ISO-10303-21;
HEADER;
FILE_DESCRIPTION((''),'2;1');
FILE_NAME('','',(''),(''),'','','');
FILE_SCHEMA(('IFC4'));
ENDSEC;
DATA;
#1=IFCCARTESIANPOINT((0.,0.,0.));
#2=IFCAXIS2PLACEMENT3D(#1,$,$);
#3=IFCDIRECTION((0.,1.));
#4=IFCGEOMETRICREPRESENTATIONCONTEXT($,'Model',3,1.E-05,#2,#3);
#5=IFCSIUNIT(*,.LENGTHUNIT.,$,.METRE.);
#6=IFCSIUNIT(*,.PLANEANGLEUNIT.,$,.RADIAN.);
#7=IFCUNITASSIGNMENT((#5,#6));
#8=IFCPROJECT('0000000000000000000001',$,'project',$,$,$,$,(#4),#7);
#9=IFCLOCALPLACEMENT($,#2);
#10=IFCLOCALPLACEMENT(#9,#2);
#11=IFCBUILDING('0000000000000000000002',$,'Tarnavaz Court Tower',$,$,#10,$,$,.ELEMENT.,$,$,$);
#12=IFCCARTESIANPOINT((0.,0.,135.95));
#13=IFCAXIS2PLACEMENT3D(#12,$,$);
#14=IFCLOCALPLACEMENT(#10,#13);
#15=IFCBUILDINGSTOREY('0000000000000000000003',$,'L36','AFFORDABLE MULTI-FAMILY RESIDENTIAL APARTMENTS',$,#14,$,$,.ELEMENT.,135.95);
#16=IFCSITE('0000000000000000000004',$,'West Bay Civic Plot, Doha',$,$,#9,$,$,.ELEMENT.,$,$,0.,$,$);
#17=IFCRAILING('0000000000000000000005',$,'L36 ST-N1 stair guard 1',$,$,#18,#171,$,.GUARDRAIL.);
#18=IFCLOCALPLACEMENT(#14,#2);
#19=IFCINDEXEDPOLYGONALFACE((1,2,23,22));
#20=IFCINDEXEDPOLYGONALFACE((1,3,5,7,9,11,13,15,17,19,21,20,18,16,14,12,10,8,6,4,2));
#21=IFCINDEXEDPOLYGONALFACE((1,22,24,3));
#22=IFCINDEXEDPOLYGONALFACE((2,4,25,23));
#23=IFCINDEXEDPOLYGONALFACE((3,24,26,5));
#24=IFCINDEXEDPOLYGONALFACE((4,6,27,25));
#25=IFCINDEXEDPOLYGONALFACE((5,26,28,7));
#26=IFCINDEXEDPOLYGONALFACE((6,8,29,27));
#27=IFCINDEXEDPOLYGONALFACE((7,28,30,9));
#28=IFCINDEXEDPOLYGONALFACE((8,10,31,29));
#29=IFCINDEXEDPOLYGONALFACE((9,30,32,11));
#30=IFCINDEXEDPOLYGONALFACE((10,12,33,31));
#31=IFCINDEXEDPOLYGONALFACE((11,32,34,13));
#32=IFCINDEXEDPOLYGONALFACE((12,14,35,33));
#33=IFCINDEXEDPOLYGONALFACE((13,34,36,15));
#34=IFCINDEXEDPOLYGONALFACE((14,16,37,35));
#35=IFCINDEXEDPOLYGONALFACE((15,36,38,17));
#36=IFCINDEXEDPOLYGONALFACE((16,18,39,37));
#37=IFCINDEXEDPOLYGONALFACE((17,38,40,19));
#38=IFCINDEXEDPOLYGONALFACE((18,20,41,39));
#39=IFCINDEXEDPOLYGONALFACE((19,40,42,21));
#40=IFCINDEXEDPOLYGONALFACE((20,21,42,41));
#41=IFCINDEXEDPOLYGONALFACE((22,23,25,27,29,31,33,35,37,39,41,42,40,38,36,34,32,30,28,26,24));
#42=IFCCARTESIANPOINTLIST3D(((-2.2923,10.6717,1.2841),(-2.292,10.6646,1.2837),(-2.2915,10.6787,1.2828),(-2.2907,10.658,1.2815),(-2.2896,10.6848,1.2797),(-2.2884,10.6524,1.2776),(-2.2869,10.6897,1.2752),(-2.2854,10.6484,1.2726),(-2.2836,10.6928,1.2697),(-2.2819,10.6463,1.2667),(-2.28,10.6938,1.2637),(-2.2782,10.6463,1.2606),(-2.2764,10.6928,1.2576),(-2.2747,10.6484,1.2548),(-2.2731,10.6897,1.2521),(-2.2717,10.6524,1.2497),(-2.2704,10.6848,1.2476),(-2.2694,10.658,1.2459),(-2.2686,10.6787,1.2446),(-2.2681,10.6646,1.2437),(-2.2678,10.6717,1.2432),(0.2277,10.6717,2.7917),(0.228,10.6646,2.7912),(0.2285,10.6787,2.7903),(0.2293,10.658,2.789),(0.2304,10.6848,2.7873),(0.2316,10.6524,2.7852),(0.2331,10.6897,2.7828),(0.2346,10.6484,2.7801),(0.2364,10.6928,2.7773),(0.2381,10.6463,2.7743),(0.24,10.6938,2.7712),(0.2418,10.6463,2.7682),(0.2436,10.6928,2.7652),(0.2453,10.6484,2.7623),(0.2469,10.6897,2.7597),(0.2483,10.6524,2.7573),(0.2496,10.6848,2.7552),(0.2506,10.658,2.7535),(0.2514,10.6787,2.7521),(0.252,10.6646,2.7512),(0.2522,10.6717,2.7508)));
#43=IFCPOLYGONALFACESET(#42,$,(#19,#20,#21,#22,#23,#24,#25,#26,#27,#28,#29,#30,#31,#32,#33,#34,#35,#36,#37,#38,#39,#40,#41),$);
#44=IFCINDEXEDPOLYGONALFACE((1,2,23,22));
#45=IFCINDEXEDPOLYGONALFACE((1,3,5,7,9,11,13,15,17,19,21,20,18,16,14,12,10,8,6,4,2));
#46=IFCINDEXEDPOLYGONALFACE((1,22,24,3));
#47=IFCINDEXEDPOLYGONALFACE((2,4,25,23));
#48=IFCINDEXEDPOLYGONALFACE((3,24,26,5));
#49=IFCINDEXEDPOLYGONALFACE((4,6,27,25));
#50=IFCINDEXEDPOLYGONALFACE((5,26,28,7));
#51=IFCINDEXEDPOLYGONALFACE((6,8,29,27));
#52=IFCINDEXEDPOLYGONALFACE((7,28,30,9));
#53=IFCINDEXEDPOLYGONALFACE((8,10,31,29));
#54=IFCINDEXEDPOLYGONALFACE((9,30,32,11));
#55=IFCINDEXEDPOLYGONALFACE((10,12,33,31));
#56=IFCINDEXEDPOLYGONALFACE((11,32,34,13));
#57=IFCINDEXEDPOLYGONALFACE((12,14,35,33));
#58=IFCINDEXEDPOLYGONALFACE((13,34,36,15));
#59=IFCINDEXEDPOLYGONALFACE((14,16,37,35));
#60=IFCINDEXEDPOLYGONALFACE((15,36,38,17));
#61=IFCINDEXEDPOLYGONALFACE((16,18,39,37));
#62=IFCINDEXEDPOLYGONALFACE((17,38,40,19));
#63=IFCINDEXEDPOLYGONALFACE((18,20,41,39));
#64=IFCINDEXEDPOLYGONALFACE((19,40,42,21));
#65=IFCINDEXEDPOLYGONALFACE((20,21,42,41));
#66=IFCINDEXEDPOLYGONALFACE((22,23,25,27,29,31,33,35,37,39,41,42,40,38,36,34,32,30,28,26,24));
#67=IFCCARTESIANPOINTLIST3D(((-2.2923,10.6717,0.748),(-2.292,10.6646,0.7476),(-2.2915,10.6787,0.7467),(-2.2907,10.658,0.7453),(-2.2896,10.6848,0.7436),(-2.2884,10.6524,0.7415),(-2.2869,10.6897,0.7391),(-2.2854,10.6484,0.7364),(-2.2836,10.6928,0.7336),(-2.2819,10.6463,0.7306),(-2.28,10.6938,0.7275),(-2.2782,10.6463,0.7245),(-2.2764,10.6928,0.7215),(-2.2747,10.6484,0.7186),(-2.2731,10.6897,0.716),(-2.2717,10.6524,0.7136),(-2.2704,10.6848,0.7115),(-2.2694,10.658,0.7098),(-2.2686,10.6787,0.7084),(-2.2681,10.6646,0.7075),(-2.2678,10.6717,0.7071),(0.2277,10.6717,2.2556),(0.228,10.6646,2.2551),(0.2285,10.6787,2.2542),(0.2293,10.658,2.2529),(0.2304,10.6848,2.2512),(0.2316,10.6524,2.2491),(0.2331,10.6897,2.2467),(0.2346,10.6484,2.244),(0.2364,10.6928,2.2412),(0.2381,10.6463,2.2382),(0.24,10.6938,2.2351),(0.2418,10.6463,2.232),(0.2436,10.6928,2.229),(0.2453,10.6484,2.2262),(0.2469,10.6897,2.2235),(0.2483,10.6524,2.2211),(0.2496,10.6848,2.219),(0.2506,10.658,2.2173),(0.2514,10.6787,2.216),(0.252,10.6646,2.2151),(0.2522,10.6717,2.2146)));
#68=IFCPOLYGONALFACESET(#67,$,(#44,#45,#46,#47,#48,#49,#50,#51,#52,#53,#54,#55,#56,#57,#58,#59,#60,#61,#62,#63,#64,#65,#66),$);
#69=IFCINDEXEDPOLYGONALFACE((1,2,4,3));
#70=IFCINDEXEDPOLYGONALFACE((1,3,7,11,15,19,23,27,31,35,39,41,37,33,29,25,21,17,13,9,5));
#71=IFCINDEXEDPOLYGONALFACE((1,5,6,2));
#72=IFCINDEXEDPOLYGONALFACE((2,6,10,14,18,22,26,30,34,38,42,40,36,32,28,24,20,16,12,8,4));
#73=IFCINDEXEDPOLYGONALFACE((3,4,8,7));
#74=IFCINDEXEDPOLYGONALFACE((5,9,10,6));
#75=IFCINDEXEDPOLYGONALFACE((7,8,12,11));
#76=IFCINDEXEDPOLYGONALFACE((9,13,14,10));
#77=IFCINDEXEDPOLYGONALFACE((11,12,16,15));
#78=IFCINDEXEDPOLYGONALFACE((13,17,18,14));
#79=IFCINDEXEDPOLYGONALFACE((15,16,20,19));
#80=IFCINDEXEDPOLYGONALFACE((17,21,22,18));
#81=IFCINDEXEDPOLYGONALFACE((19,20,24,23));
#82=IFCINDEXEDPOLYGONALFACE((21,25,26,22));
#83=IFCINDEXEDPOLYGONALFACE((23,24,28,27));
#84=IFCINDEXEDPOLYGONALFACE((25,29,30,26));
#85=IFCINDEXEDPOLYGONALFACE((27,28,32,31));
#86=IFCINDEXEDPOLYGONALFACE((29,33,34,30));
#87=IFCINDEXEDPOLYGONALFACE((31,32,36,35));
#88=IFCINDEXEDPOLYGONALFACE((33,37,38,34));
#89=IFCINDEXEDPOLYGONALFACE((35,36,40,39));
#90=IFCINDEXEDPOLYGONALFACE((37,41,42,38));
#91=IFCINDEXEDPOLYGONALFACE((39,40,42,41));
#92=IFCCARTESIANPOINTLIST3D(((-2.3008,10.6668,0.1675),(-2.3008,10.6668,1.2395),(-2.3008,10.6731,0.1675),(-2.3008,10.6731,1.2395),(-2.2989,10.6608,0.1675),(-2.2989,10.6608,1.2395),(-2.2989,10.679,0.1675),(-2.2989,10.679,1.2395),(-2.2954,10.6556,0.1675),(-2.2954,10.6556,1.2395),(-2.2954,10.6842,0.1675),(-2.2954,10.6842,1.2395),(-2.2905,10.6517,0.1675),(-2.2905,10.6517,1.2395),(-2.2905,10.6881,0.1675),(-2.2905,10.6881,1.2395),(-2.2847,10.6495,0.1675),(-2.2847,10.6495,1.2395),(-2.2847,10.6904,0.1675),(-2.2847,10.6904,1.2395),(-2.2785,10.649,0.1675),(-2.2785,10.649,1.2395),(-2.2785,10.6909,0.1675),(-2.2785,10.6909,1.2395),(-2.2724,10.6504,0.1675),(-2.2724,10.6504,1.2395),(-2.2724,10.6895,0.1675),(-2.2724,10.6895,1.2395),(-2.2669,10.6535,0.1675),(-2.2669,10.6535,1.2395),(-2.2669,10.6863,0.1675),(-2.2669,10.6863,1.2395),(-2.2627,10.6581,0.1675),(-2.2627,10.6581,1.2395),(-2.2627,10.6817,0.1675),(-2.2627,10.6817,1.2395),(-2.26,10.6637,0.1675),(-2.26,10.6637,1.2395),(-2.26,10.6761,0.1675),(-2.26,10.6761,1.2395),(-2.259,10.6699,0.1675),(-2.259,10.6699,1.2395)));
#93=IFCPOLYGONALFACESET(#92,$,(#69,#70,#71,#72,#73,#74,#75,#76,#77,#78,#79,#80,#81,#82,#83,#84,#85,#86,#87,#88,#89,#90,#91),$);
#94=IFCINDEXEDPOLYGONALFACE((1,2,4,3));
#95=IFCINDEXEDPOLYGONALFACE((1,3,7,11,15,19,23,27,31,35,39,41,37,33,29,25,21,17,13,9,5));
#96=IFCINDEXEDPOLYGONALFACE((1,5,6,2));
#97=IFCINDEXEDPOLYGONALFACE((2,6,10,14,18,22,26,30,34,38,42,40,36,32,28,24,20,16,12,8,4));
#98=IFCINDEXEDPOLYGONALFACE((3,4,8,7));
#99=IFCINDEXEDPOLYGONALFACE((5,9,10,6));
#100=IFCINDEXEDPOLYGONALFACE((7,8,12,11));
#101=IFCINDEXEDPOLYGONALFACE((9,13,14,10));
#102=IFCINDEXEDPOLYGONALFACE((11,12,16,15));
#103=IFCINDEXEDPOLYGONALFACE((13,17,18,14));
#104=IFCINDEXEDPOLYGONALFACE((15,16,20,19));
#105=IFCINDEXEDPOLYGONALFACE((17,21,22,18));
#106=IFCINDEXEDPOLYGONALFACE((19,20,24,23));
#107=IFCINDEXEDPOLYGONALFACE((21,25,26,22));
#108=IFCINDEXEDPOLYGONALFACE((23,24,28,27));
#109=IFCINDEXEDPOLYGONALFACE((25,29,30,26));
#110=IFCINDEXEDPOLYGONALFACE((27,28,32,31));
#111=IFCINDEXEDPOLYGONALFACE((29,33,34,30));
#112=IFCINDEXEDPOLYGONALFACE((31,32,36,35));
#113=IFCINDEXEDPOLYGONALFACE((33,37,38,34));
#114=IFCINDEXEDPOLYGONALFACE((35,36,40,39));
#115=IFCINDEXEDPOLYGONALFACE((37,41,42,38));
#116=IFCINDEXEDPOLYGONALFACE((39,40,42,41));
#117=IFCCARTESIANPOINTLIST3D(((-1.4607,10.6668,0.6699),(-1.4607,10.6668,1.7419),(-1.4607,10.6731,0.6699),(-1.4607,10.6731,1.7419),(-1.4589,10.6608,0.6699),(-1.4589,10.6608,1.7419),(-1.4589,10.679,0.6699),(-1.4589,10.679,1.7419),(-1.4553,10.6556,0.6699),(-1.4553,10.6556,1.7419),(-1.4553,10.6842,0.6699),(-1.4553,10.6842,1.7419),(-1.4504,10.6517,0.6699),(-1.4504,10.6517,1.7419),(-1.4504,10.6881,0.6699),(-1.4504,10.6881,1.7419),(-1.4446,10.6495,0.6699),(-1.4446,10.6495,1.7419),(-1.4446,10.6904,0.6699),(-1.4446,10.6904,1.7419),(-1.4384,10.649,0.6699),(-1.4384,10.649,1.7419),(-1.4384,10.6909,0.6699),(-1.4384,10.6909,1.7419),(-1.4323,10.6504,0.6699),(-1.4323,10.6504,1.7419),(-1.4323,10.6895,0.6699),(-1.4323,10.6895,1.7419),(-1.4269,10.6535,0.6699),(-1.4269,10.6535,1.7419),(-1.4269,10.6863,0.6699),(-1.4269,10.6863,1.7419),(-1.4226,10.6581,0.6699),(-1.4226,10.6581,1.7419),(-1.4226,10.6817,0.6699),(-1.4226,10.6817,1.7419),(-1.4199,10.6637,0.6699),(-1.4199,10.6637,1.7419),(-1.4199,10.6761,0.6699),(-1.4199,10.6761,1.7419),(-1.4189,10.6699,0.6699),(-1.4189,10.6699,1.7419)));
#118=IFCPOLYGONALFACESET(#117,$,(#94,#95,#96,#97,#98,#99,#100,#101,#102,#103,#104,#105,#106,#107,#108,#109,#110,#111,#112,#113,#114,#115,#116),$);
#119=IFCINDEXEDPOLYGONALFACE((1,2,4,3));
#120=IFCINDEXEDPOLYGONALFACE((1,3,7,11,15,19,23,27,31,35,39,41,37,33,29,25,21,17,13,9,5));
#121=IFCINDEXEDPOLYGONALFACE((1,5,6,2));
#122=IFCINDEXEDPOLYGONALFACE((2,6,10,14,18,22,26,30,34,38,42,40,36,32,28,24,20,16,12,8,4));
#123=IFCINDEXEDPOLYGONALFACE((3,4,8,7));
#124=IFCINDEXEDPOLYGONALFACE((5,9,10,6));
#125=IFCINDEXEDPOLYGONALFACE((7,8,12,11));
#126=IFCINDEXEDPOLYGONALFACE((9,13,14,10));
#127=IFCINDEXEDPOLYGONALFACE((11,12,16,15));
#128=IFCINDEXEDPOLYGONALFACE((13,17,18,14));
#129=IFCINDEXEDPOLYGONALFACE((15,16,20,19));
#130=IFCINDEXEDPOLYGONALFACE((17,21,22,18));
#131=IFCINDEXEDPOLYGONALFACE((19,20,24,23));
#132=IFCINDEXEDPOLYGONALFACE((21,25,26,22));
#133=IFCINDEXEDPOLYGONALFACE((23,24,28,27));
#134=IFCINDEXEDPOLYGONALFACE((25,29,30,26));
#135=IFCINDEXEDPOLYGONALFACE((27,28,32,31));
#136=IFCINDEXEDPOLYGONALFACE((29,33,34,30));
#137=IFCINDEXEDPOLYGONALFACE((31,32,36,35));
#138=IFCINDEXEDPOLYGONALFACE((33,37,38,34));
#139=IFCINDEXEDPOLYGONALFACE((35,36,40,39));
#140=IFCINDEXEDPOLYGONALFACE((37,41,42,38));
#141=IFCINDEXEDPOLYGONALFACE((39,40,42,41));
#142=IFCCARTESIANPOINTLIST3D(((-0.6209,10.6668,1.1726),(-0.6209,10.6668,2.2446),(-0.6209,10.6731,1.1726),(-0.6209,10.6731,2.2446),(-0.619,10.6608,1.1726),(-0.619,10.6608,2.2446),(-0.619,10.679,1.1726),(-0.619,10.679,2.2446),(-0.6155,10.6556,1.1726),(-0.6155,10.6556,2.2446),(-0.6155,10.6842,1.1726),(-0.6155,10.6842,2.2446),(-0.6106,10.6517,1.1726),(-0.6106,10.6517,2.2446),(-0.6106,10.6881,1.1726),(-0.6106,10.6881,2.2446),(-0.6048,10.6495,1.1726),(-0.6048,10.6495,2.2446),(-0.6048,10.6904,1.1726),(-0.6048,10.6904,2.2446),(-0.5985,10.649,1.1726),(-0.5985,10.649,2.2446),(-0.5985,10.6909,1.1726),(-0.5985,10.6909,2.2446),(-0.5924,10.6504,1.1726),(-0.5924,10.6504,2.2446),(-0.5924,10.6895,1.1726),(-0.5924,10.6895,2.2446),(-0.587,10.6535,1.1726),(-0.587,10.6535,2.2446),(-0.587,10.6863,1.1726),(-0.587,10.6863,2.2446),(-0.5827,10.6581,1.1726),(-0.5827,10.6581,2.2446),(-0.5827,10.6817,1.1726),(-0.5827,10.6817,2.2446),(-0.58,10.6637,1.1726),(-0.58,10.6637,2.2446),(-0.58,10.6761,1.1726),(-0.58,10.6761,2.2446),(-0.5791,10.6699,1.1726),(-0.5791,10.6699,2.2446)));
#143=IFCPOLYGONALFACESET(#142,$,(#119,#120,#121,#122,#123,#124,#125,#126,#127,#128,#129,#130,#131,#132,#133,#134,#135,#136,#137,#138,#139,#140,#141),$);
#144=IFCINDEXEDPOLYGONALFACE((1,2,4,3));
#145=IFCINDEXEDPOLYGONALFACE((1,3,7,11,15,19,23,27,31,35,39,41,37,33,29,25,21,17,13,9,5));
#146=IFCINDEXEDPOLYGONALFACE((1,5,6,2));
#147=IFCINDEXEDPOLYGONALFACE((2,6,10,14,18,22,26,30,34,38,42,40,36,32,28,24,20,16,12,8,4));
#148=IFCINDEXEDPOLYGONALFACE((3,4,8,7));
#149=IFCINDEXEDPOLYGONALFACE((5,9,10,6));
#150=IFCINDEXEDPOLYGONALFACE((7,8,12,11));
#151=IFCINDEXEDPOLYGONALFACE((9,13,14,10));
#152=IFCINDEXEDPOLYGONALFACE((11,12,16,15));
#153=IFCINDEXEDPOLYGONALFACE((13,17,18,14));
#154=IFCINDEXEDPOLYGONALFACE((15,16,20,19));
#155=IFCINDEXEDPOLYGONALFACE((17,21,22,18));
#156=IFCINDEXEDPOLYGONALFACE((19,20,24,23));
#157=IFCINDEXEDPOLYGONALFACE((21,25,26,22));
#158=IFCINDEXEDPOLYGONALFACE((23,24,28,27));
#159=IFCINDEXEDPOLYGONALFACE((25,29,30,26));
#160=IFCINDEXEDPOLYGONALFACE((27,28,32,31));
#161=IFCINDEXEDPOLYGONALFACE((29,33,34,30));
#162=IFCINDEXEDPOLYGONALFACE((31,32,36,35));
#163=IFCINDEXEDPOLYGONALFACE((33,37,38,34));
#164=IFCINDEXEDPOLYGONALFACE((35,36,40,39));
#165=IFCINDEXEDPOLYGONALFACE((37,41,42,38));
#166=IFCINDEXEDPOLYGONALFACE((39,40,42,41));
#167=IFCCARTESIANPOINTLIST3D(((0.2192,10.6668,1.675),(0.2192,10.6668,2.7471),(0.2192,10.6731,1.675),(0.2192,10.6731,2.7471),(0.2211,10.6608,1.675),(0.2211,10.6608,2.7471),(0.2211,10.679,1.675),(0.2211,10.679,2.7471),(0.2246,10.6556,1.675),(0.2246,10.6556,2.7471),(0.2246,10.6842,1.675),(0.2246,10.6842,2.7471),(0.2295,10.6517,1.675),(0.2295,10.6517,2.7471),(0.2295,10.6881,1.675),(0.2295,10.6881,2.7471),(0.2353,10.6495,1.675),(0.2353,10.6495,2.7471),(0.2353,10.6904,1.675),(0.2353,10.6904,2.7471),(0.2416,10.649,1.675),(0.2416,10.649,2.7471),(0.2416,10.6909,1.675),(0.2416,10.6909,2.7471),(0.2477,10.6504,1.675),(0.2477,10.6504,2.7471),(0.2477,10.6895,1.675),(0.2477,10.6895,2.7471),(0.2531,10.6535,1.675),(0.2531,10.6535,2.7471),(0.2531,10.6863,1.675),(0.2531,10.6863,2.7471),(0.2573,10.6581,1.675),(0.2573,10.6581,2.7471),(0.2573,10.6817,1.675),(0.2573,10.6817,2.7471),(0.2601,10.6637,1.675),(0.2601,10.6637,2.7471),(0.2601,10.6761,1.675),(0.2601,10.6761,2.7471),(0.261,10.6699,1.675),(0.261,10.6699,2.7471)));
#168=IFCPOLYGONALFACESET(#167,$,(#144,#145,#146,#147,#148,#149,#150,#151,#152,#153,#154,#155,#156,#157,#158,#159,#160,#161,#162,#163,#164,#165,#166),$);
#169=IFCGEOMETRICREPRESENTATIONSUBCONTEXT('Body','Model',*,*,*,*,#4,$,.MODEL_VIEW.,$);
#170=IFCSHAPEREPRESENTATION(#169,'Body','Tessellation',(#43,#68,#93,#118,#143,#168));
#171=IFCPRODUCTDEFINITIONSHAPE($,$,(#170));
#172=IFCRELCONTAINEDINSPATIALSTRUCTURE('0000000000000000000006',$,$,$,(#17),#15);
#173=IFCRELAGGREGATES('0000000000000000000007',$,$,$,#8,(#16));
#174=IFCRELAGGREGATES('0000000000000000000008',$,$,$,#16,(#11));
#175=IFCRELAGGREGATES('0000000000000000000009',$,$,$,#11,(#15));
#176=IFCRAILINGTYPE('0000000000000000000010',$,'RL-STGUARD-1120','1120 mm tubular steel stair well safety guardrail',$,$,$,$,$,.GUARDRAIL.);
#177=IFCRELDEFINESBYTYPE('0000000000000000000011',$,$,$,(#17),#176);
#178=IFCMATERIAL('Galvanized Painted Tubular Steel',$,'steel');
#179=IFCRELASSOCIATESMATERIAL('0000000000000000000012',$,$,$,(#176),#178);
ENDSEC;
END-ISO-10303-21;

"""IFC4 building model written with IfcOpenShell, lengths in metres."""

from ifc_helpers import new_model, si_unit, direction, frame, origin, origin_2d, place, context, subcontext, project, spatial, circle, extrude, material, type_object, element, save


model = new_model("IFC4")

# Units and contexts
model_context = context("Model", 3, precision=1e-05, world=origin(), true_north=direction((0.0, 1.0)))
body_context = subcontext(model_context, "Body", "Model", "MODEL_VIEW")
ifc_project = project(units=[si_unit("LENGTHUNIT", "METRE"), si_unit("PLANEANGLEUNIT", "RADIAN")], contexts=[model_context])

# Site, building, storey
site_placement = place(None, origin())
site = spatial("IfcSite", under=ifc_project, at=site_placement, Name="West Bay Civic Plot, Doha", CompositionType="ELEMENT", RefElevation=0.0)
building_placement = place(site_placement, origin())
building = spatial("IfcBuilding", under=site, at=building_placement, Name="Tarnavaz Court Tower", CompositionType="ELEMENT")
storey_placement = place(building_placement, frame((0.0, 0.0, 135.95)))
storey = spatial("IfcBuildingStorey", under=building, at=storey_placement, Name="L36", Description="AFFORDABLE MULTI-FAMILY RESIDENTIAL APARTMENTS", CompositionType="ELEMENT", Elevation=135.95)

# Railing
ifc_material_1 = material(Name="Galvanized Painted Tubular Steel", Category="steel")
railing_type_1 = type_object("IfcRailingType", Name="RL-STGUARD-1120", Description="1120 mm tubular steel stair well safety guardrail", PredefinedType="GUARDRAIL", material=ifc_material_1)
railing_1_placement = place(storey_placement, frame((-2.28, 10.6699, 0.1675)))
element("IfcRailing", 1, at=railing_1_placement, inside=storey, type_object=railing_type_1, Name="L36 ST-N1 stair guard 1", PredefinedType="GUARDRAIL", context=body_context, shape_type="SweptSolid", body=[
    extrude(circle(Radius=0.0239, at=origin_2d()), frame((0.0, 0.0, 1.0962), z_axis=(0.85816, 0.0, 0.513383), x_axis=(0.0, 1.0, 0.0)), (0.0, 0.0, 1.0), 2.9365),
    extrude(circle(Radius=0.0239, at=origin_2d()), frame((0.0, 0.0, 0.5601), z_axis=(0.85816, 0.0, 0.513383), x_axis=(0.0, 1.0, 0.0)), (0.0, 0.0, 1.0), 2.9365),
    extrude(circle(Radius=0.021, at=origin_2d()), origin(), (0.0, 0.0, 1.0), 1.072),
    extrude(circle(Radius=0.021, at=origin_2d()), frame((0.8401, 0.0, 0.5024)), (0.0, 0.0, 1.0), 1.072),
    extrude(circle(Radius=0.021, at=origin_2d()), frame((1.6799, 0.0, 1.0051)), (0.0, 0.0, 1.0), 1.072),
    extrude(circle(Radius=0.021, at=origin_2d()), frame((2.52, 0.0, 1.5076)), (0.0, 0.0, 1.0), 1.072),
])

save(model, "model.ifc")
